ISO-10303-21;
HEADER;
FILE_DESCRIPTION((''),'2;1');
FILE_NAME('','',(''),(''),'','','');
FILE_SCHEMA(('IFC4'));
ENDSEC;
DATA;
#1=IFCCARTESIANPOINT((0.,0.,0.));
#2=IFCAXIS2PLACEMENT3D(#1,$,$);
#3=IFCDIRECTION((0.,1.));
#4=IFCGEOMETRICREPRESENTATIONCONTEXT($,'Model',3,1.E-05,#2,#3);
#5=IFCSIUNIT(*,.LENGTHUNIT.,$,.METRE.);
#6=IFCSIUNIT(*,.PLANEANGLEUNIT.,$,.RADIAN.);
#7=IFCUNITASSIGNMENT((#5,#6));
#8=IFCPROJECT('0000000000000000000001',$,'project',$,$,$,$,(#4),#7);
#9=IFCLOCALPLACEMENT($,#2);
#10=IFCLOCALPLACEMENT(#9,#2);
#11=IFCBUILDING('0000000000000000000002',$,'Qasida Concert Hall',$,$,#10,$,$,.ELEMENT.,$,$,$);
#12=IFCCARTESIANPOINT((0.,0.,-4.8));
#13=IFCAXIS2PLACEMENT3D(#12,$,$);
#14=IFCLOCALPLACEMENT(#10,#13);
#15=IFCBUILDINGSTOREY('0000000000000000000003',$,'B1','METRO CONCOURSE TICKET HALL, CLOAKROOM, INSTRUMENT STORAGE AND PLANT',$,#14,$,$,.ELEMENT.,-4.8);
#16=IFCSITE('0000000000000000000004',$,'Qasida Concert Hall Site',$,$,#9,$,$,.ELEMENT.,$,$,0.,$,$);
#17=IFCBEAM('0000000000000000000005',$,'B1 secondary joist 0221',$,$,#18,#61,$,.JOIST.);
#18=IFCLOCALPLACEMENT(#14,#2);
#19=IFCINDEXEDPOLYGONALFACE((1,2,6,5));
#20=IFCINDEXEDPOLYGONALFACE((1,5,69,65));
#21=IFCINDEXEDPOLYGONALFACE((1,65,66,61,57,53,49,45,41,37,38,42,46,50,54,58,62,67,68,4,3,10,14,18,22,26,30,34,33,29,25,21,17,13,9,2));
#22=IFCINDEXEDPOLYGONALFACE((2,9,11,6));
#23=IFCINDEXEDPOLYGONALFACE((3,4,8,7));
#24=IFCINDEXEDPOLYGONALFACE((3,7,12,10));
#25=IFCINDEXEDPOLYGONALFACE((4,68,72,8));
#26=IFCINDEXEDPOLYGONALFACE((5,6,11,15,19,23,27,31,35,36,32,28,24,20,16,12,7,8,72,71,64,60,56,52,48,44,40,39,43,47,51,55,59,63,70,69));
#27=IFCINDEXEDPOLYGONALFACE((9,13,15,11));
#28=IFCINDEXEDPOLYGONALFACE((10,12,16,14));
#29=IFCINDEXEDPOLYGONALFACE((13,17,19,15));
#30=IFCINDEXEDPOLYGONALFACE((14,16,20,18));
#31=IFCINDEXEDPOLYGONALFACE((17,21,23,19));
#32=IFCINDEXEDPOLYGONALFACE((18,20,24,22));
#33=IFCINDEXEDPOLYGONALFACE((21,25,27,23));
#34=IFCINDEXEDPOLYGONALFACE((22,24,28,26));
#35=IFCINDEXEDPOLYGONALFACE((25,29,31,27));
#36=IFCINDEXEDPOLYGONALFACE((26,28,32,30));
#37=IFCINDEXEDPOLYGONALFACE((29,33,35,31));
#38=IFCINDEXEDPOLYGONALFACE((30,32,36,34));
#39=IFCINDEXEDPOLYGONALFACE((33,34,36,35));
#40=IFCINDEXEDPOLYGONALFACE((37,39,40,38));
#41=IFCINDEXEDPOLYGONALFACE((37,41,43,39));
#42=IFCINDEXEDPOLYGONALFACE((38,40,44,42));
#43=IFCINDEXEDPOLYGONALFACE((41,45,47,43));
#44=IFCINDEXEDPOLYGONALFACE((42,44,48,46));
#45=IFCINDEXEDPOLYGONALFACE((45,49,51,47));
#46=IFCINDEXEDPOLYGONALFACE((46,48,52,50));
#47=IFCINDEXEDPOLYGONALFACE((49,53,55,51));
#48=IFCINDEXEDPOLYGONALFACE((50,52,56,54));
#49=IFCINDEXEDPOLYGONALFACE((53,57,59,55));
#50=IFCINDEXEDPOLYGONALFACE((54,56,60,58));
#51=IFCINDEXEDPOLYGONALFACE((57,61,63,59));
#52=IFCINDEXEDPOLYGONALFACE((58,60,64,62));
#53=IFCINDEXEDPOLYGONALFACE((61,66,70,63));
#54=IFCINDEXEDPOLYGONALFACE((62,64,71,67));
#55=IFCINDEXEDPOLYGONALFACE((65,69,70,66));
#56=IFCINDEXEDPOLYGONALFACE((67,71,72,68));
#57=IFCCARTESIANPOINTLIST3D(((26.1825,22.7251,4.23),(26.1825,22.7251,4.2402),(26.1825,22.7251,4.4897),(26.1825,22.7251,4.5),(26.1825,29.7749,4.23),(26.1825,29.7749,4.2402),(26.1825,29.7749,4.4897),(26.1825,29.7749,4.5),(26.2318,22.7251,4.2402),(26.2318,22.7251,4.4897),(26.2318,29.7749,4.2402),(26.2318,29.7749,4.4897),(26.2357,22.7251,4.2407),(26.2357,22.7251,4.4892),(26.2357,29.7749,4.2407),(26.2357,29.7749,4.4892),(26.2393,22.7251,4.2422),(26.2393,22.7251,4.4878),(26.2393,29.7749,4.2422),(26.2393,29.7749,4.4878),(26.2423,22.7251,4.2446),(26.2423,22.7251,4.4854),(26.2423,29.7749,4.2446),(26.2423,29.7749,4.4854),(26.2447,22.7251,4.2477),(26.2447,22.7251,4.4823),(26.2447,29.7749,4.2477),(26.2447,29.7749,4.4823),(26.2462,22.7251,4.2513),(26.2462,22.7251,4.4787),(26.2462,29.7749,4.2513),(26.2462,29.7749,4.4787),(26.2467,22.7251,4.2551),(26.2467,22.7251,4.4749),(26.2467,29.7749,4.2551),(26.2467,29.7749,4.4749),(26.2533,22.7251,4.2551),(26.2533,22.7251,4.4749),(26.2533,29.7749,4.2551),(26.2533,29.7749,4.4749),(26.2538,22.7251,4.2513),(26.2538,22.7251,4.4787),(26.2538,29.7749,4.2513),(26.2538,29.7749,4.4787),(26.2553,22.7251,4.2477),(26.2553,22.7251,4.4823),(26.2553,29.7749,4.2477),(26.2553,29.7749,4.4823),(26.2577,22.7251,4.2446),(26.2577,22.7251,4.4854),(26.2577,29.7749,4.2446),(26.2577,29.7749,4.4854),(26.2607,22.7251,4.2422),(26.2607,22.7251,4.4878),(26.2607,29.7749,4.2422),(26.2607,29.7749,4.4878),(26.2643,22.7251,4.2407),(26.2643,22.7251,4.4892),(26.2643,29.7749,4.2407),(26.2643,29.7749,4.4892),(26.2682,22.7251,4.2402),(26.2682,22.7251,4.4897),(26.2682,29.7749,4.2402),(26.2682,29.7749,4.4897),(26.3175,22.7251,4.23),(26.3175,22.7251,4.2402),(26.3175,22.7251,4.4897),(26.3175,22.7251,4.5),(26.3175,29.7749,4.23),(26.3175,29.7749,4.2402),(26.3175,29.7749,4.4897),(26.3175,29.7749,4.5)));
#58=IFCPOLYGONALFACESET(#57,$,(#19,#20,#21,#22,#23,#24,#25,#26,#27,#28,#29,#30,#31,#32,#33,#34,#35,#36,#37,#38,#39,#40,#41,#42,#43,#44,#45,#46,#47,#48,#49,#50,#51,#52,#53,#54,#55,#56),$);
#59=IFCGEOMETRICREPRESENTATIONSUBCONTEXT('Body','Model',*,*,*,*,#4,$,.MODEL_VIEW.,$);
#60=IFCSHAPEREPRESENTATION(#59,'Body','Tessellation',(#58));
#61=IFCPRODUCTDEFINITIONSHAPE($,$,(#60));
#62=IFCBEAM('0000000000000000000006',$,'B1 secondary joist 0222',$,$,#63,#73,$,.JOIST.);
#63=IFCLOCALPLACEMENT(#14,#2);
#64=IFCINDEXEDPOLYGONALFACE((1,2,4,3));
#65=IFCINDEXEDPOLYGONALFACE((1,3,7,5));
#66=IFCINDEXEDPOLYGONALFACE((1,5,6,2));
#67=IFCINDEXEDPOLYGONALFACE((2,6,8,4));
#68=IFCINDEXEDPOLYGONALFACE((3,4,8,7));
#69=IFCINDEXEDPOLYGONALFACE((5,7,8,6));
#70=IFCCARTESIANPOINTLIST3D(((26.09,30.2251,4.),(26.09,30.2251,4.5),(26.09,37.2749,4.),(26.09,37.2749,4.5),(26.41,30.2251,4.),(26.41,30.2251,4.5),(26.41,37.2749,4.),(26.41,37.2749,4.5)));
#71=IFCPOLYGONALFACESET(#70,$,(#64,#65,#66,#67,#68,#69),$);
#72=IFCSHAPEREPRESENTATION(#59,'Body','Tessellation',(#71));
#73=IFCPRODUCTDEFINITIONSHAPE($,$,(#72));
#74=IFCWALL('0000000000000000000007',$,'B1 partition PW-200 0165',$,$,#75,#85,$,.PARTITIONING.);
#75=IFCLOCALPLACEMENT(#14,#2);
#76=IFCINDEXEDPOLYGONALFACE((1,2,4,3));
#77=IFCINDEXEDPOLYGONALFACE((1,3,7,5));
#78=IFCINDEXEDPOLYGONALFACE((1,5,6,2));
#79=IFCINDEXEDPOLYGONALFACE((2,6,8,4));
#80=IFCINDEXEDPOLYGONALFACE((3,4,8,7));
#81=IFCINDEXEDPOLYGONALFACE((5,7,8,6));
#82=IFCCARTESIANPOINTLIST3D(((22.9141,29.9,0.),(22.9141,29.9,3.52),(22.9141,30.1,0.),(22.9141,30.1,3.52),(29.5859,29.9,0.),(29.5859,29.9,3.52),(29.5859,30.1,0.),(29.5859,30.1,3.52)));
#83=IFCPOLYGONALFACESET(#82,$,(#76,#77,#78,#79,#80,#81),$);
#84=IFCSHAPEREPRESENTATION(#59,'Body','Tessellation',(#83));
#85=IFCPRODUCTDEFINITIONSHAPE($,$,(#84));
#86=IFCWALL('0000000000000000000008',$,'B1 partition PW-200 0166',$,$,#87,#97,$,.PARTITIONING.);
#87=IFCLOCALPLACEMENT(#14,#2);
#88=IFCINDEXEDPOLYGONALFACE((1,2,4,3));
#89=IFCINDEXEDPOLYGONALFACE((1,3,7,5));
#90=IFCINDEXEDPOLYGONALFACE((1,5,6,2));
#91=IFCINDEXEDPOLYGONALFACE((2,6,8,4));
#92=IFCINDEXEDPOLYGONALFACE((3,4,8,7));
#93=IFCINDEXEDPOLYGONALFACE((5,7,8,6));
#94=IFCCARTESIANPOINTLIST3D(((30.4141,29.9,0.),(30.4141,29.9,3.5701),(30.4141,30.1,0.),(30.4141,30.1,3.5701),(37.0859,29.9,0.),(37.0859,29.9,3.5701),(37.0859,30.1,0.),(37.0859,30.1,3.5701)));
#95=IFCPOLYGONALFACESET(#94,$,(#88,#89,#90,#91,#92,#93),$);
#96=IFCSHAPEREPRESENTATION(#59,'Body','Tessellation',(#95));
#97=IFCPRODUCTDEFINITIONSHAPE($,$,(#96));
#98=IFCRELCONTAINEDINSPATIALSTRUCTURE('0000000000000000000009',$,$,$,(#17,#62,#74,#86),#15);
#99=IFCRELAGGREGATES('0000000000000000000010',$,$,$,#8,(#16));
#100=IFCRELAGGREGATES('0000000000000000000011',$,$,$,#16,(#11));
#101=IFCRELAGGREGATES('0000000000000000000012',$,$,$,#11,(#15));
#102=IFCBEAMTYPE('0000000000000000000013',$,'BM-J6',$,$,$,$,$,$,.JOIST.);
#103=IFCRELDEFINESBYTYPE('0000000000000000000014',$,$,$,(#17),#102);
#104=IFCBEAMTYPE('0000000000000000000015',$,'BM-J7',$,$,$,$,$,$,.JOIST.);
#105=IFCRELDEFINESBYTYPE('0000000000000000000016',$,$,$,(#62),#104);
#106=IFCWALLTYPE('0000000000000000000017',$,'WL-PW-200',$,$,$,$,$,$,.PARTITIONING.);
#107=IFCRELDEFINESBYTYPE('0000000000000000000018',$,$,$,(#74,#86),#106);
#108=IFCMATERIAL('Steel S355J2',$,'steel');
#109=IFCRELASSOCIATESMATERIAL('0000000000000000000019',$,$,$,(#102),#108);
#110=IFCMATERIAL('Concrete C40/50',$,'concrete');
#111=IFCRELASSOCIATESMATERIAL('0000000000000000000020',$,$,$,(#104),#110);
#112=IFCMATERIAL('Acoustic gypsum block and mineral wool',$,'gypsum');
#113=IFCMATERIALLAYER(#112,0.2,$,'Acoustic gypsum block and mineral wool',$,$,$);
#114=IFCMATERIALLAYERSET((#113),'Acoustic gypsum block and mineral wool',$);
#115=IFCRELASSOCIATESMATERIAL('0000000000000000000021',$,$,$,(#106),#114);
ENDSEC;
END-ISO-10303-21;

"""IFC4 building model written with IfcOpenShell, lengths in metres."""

from ifc_helpers import new_model, si_unit, direction, frame, frame_2d, origin, origin_2d, place, context, subcontext, project, spatial, rectangle, i_section, extrude, material, layer, layer_set, material_profile, profile_set, type_object, element, save


model = new_model("IFC4")

# Units and contexts
model_context = context("Model", 3, precision=1e-05, world=origin(), true_north=direction((0.0, 1.0)))
body_context = subcontext(model_context, "Body", "Model", "MODEL_VIEW")
ifc_project = project(units=[si_unit("LENGTHUNIT", "METRE"), si_unit("PLANEANGLEUNIT", "RADIAN")], contexts=[model_context])

# Site, building, storey
site_placement = place(None, origin())
site = spatial("IfcSite", under=ifc_project, at=site_placement, Name="Qasida Concert Hall Site", CompositionType="ELEMENT", RefElevation=0.0)
building_placement = place(site_placement, origin())
building = spatial("IfcBuilding", under=site, at=building_placement, Name="Qasida Concert Hall", CompositionType="ELEMENT")
storey_placement = place(building_placement, frame((0.0, 0.0, -4.8)))
storey = spatial("IfcBuildingStorey", under=building, at=storey_placement, Name="B1", Description="METRO CONCOURSE TICKET HALL, CLOAKROOM, INSTRUMENT STORAGE AND PLANT", CompositionType="ELEMENT", Elevation=-4.8)

# Shared definitions
ifc_material_1 = material(Name="Concrete C40/50", Category="concrete")

# Beams
ifc_material_2 = material(Name="Steel S355J2", Category="steel")
ifc_material_profile_1 = material_profile(ifc_material_2, i_section(OverallWidth=0.135, OverallDepth=0.27, WebThickness=0.0066, FlangeThickness=0.0103, FilletRadius=0.0149, at=origin_2d()), Name="IPE 270")
ifc_profile_set_1 = profile_set([ifc_material_profile_1], Name="Steel S355J2")
beam_type_1 = type_object("IfcBeamType", Name="BM-J6", PredefinedType="JOIST", material=ifc_profile_set_1)
beam_1_placement = place(storey_placement, frame((26.25, 22.7251, 4.365), z_axis=(0.0, 1.0, 0.0), x_axis=(-1.0, 0.0, 0.0)))
element("IfcBeam", 1, at=beam_1_placement, inside=storey, type_object=beam_type_1, Name="B1 secondary joist 0221", PredefinedType="JOIST", context=body_context, shape_type="SweptSolid", body=[
    extrude(i_section(OverallWidth=0.135, OverallDepth=0.27, WebThickness=0.0066, FlangeThickness=0.0103, FilletRadius=0.0149, at=origin_2d()), origin(), (0.0, 0.0, 1.0), 7.0498),
])
ifc_material_profile_2 = material_profile(ifc_material_1, rectangle(XDim=0.3201, YDim=0.5, at=origin_2d()), Name="RC 320x500")
ifc_profile_set_2 = profile_set([ifc_material_profile_2], Name="Concrete C40/50")
beam_type_2 = type_object("IfcBeamType", Name="BM-J7", PredefinedType="JOIST", material=ifc_profile_set_2)
beam_2_placement = place(storey_placement, frame((26.25, 30.2251, 4.25), z_axis=(0.0, 1.0, 0.0), x_axis=(-1.0, 0.0, 0.0)))
element("IfcBeam", 2, at=beam_2_placement, inside=storey, type_object=beam_type_2, Name="B1 secondary joist 0222", PredefinedType="JOIST", context=body_context, shape_type="SweptSolid", body=[
    extrude(rectangle(XDim=0.3201, YDim=0.5, at=origin_2d()), origin(), (0.0, 0.0, 1.0), 7.0498),
])

# Walls
ifc_material_3 = material(Name="Acoustic gypsum block and mineral wool", Category="gypsum")
ifc_layer = layer(ifc_material_3, 0.2, Name="Acoustic gypsum block and mineral wool")
ifc_layer_set = layer_set([ifc_layer], Name="Acoustic gypsum block and mineral wool")
wall_type = type_object("IfcWallType", Name="WL-PW-200", PredefinedType="PARTITIONING", material=ifc_layer_set)
wall_1_placement = place(storey_placement, frame((22.9141, 30.0, 0.0), z_axis=(0.0, 0.0, 1.0), x_axis=(1.0, 0.0, 0.0)))
element("IfcWall", 3, at=wall_1_placement, inside=storey, type_object=wall_type, Name="B1 partition PW-200 0165", PredefinedType="PARTITIONING", context=body_context, shape_type="SweptSolid", body=[
    extrude(rectangle(XDim=6.6719, YDim=0.2, at=frame_2d((3.3359, 0.0))), origin(), (0.0, 0.0, 1.0), 3.52),
])
wall_2_placement = place(storey_placement, frame((30.4141, 30.0, 0.0), z_axis=(0.0, 0.0, 1.0), x_axis=(1.0, 0.0, 0.0)))
element("IfcWall", 4, at=wall_2_placement, inside=storey, type_object=wall_type, Name="B1 partition PW-200 0166", PredefinedType="PARTITIONING", context=body_context, shape_type="SweptSolid", body=[
    extrude(rectangle(XDim=6.6719, YDim=0.2, at=frame_2d((3.3359, 0.0))), origin(), (0.0, 0.0, 1.0), 3.5701),
])

save(model, "model.ifc")
